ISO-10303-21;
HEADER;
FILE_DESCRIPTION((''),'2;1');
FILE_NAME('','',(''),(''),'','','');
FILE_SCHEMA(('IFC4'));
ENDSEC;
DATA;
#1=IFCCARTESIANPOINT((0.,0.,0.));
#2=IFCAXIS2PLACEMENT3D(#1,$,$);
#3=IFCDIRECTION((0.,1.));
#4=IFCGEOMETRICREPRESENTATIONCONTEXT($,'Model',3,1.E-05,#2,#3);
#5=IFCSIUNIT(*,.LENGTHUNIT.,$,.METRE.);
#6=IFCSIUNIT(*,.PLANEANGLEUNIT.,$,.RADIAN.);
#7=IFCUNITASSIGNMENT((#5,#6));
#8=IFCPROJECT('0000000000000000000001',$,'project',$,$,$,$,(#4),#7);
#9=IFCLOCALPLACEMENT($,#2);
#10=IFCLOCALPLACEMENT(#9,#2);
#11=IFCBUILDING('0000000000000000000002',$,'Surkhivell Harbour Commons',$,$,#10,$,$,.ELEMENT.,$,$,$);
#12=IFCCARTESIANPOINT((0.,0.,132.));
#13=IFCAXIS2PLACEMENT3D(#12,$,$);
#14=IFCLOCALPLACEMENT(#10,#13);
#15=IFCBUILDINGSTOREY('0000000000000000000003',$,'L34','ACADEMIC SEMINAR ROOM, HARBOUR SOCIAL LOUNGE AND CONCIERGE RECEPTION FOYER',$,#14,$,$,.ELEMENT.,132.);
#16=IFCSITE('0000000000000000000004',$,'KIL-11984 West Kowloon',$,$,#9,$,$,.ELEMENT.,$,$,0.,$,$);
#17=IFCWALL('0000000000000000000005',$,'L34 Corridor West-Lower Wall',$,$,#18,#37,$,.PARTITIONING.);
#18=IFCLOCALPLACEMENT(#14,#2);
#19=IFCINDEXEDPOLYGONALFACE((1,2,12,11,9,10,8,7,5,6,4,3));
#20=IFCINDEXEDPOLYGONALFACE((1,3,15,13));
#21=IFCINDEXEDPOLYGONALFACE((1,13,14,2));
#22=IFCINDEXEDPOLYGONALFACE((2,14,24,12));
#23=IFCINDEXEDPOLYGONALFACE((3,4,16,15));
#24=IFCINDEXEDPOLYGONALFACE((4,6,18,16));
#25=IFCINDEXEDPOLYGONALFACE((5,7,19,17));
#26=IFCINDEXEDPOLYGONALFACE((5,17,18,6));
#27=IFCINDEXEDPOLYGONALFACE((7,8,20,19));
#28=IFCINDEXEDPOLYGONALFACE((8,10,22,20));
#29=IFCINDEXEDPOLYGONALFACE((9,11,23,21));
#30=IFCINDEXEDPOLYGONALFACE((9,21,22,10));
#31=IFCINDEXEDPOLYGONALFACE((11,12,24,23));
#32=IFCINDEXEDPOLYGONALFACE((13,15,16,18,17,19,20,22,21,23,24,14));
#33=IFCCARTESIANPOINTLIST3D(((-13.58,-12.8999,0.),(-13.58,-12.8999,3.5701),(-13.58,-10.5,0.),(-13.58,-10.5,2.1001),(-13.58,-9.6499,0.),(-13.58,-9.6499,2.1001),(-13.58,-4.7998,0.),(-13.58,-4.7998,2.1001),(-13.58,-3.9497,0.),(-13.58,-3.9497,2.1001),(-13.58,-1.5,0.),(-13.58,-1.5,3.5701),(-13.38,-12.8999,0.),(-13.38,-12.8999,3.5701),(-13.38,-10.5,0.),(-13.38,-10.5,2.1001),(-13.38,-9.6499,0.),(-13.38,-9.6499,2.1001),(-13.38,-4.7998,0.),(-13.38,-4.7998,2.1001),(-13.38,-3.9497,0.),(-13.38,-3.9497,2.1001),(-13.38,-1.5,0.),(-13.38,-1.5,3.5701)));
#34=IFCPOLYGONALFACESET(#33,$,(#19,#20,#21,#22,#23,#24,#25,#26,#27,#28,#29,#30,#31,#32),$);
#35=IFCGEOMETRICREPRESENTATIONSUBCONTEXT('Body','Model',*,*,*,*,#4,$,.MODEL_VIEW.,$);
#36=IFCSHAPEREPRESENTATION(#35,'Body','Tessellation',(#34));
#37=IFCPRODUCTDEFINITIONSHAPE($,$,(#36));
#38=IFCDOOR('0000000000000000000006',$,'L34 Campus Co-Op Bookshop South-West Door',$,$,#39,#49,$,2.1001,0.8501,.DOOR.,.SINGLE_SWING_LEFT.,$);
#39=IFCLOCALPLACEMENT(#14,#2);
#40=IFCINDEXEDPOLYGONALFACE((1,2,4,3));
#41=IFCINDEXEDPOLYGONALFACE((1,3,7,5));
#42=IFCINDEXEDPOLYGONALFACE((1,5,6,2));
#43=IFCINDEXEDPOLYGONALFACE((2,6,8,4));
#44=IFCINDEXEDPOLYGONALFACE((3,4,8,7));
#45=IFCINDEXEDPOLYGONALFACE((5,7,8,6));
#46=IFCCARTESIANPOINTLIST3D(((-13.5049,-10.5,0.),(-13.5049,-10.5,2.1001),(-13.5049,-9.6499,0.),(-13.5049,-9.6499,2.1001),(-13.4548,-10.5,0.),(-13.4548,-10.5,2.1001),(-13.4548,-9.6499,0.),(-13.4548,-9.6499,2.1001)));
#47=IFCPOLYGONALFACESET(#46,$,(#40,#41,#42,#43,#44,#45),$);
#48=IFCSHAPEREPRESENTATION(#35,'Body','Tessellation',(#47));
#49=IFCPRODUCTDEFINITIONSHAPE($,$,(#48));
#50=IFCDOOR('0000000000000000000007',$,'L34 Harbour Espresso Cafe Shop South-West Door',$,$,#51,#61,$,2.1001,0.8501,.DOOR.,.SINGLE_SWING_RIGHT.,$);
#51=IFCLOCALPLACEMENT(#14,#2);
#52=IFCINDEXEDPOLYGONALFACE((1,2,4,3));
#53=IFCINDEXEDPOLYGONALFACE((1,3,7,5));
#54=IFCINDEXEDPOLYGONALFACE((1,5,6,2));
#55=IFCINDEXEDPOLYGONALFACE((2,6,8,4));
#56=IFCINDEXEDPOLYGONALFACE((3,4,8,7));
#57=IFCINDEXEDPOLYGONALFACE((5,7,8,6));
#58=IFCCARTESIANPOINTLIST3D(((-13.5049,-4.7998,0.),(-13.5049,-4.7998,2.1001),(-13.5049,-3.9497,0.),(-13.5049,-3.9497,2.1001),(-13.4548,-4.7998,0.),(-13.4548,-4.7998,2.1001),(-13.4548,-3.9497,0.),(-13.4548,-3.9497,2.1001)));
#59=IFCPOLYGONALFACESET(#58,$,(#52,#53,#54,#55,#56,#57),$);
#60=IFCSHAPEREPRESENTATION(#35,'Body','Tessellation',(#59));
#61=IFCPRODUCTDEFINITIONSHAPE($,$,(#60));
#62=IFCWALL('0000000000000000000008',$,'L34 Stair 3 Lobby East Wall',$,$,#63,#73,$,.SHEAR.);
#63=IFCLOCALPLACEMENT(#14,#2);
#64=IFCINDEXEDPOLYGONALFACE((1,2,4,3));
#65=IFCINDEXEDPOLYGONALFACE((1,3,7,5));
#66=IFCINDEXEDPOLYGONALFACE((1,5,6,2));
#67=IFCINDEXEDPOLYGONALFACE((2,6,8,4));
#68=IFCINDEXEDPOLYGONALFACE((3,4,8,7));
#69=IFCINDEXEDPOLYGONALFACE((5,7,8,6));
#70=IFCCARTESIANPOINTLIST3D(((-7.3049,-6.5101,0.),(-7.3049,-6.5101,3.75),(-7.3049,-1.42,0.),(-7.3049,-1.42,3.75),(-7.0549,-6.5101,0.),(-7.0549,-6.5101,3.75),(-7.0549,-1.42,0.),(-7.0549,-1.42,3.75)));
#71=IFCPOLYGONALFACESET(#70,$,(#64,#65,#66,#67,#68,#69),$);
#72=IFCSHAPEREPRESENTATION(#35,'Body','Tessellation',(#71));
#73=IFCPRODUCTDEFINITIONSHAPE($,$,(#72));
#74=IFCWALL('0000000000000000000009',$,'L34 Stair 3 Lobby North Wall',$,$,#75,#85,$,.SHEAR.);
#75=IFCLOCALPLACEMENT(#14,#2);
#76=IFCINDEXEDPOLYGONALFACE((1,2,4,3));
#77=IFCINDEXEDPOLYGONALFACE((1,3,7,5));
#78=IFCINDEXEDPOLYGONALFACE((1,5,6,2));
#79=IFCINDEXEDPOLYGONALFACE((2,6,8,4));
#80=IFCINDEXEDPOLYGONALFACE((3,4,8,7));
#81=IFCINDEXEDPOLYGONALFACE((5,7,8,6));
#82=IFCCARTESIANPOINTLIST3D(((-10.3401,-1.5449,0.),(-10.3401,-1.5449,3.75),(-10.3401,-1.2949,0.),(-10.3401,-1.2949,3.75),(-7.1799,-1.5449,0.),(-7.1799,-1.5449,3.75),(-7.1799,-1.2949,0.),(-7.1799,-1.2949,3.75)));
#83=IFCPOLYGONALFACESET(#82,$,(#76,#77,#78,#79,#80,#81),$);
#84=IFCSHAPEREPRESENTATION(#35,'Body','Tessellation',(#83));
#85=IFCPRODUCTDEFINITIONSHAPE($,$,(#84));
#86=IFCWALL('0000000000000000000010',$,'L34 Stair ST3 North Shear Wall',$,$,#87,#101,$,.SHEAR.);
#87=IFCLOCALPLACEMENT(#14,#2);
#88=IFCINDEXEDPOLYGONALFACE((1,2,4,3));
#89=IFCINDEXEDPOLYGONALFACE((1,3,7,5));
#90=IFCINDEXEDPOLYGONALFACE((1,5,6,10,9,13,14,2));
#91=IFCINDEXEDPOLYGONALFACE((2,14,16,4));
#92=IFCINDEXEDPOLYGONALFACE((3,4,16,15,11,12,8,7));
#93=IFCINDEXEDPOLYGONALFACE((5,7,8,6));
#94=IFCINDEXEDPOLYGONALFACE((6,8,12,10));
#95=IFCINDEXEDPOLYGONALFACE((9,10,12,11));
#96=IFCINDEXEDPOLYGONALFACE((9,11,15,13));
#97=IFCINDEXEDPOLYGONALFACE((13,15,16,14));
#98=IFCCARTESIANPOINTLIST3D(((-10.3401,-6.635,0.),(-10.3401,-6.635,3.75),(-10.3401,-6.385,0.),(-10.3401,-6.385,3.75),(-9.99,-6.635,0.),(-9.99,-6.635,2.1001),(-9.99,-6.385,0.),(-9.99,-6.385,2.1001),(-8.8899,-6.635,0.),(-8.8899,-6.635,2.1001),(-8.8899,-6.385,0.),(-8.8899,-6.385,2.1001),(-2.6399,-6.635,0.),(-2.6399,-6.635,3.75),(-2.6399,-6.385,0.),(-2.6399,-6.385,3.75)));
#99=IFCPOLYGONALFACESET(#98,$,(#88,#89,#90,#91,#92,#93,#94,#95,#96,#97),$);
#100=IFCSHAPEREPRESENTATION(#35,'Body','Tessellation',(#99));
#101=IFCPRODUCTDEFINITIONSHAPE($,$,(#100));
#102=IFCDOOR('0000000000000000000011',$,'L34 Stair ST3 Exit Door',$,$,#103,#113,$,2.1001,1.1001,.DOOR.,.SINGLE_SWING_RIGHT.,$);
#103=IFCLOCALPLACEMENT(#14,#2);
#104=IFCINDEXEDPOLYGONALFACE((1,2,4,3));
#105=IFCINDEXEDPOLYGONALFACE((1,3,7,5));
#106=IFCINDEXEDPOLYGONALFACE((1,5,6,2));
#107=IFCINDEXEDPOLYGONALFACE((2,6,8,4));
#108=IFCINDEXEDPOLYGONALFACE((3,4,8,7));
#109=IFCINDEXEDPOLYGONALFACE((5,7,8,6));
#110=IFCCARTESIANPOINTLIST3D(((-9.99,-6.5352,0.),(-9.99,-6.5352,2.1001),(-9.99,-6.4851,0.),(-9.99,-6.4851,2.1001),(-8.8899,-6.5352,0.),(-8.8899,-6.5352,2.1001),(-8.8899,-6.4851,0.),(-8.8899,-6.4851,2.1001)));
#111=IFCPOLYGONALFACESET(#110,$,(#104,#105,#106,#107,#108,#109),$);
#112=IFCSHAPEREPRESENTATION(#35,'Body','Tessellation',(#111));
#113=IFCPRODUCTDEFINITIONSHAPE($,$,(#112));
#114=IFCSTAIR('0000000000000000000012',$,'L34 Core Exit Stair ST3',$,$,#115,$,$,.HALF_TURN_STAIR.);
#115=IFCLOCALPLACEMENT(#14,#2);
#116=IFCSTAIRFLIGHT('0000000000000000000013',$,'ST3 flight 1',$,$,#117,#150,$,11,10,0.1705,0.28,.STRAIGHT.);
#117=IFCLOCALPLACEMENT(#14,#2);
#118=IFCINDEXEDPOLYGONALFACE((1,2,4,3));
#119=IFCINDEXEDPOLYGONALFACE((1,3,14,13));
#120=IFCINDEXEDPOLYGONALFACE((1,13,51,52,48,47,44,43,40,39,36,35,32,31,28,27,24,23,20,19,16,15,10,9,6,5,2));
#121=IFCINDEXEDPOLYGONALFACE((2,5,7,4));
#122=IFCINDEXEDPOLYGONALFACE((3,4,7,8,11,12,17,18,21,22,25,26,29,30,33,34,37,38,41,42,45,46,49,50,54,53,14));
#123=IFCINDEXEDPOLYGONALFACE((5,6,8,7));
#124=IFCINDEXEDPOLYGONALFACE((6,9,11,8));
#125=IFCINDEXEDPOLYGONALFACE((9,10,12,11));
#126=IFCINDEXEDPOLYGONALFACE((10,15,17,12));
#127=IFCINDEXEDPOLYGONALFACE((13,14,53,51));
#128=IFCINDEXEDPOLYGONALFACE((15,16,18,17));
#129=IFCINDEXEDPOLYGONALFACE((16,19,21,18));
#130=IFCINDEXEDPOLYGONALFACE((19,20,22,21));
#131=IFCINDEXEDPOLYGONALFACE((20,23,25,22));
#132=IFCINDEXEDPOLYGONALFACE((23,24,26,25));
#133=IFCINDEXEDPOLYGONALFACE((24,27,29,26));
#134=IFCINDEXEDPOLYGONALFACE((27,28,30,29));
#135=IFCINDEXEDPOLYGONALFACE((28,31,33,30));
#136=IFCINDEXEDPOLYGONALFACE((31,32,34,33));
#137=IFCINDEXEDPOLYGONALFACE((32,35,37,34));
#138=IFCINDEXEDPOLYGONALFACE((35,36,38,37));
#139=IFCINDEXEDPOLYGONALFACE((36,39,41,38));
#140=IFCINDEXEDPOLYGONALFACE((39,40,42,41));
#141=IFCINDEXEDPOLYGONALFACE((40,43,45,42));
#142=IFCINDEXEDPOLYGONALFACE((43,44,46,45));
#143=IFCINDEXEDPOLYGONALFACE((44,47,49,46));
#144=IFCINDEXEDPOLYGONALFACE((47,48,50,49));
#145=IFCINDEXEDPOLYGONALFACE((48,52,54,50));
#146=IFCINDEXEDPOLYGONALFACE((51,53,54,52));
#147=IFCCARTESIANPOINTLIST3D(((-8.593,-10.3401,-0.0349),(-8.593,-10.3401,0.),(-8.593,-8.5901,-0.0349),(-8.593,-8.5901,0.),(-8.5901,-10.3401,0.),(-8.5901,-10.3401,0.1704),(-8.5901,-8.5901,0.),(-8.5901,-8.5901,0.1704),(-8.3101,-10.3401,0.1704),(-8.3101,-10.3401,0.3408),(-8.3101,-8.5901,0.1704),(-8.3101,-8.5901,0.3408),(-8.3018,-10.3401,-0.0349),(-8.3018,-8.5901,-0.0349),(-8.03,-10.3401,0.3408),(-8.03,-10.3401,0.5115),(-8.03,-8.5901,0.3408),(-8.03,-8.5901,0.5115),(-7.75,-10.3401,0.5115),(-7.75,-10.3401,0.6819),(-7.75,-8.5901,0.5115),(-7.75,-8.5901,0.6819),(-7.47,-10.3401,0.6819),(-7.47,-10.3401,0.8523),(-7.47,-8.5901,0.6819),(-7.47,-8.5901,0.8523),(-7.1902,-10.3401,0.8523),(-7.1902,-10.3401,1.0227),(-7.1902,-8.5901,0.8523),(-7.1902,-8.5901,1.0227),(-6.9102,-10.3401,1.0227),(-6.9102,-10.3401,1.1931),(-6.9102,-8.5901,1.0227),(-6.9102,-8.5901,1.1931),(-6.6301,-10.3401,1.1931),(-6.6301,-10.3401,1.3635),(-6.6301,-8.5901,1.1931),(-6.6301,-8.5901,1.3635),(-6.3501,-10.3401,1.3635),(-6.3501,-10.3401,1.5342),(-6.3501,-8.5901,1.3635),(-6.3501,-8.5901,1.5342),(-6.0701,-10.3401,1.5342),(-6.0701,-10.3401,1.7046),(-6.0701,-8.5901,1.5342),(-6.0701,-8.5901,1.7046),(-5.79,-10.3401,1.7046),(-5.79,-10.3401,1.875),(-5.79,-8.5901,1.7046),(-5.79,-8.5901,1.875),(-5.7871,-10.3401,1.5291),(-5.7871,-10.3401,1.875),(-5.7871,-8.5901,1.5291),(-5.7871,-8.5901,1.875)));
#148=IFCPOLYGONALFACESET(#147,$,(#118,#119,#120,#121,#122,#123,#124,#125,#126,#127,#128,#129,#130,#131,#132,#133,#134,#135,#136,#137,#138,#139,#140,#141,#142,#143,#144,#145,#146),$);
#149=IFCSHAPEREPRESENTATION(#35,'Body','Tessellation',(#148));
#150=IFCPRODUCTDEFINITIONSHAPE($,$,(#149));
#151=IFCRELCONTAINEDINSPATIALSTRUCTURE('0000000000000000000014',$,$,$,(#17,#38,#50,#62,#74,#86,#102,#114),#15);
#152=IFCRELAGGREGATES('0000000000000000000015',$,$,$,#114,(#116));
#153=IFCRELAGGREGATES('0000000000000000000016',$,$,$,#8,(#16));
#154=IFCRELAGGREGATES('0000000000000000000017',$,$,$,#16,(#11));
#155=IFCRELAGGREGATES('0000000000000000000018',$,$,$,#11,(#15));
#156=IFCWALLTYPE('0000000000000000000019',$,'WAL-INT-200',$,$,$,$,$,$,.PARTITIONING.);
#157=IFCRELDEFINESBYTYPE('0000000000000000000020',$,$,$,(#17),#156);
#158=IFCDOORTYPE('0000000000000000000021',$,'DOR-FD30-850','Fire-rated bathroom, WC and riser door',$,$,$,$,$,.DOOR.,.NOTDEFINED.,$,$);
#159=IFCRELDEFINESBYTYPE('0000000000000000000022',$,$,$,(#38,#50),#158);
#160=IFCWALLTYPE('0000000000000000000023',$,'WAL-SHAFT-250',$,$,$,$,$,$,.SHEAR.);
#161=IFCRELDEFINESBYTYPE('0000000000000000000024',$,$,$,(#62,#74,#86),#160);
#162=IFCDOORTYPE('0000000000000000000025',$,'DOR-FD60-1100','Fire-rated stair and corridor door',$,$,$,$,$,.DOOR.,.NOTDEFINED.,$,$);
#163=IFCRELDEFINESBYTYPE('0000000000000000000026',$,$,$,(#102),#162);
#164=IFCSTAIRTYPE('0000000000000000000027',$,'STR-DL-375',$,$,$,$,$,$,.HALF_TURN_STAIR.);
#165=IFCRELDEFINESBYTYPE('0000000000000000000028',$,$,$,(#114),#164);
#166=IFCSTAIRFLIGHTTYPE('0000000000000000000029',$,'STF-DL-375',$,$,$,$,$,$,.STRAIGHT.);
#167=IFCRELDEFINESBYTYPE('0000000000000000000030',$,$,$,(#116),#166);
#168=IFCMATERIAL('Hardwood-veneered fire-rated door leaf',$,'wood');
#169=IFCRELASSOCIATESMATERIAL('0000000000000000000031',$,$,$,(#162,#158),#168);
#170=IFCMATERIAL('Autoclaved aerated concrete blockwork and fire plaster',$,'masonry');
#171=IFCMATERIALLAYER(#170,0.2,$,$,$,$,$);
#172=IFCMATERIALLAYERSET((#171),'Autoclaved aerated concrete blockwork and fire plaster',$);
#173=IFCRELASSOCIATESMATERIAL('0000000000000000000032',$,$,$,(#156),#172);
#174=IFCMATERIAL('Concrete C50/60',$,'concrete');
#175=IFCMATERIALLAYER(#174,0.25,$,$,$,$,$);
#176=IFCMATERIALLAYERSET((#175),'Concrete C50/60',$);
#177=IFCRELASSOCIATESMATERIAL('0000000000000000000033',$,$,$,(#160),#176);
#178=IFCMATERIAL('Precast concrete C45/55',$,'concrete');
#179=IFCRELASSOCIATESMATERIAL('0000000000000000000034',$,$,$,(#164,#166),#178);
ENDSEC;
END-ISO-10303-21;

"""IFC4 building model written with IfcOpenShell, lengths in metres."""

from ifc_helpers import new_model, si_unit, direction, frame, frame_2d, origin, place, context, subcontext, project, spatial, polyline, rectangle, outline, extrude, material, layer, layer_set, type_object, element, fill, aggregate, save


model = new_model("IFC4")

# Units and contexts
model_context = context("Model", 3, precision=1e-05, world=origin(), true_north=direction((0.0, 1.0)))
body_context = subcontext(model_context, "Body", "Model", "MODEL_VIEW")
ifc_project = project(units=[si_unit("LENGTHUNIT", "METRE"), si_unit("PLANEANGLEUNIT", "RADIAN")], contexts=[model_context])

# Site, building, storey
site_placement = place(None, origin())
site = spatial("IfcSite", under=ifc_project, at=site_placement, Name="KIL-11984 West Kowloon", CompositionType="ELEMENT", RefElevation=0.0)
building_placement = place(site_placement, origin())
building = spatial("IfcBuilding", under=site, at=building_placement, Name="Surkhivell Harbour Commons", CompositionType="ELEMENT")
storey_placement = place(building_placement, frame((0.0, 0.0, 132.0)))
storey = spatial("IfcBuildingStorey", under=building, at=storey_placement, Name="L34", Description="ACADEMIC SEMINAR ROOM, HARBOUR SOCIAL LOUNGE AND CONCIERGE RECEPTION FOYER", CompositionType="ELEMENT", Elevation=132.0)

# Shared definitions
ifc_material_1 = material(Name="Hardwood-veneered fire-rated door leaf", Category="wood")
door_type_1 = type_object("IfcDoorType", Name="DOR-FD60-1100", Description="Fire-rated stair and corridor door", OperationType="NOTDEFINED", PredefinedType="DOOR", material=ifc_material_1)

# Shared definitions
ifc_material_2 = material(Name="Autoclaved aerated concrete blockwork and fire plaster", Category="masonry")
ifc_layer_1 = layer(ifc_material_2, 0.2)
ifc_layer_set_1 = layer_set([ifc_layer_1], Name="Autoclaved aerated concrete blockwork and fire plaster")
wall_type_1 = type_object("IfcWallType", Name="WAL-INT-200", PredefinedType="PARTITIONING", material=ifc_layer_set_1)

# Wall, openings, doors
wall_1_placement = place(storey_placement, frame((-13.48, -12.8999, 0.0), z_axis=(0.0, 0.0, 1.0), x_axis=(0.0, 1.0, 0.0)))
wall_1 = element("IfcWall", 1, at=wall_1_placement, inside=storey, type_object=wall_type_1, Name="L34 Corridor West-Lower Wall", PredefinedType="PARTITIONING", context=body_context, shape_type="SweptSolid", body=[
    extrude(rectangle(XDim=11.3999, YDim=0.2, at=frame_2d((5.7, 0.0))), origin(), (0.0, 0.0, 1.0), 3.5701),
])
opening_1_placement = place(wall_1_placement, frame((2.3999, 0.0, 0.0)))
opening_1 = element("IfcOpeningElement", 2, at=opening_1_placement, cuts=wall_1, PredefinedType="OPENING", context=body_context, shape_type="SweptSolid", body=[
    extrude(rectangle(XDim=0.8501, YDim=2.1001, at=frame_2d((0.425, 1.05))), frame((0.0, 0.1099, 0.0), z_axis=(0.0, -1.0, 0.0), x_axis=(1.0, 0.0, 0.0)), (0.0, 0.0, 1.0), 0.22),
])
opening_2_placement = place(wall_1_placement, frame((8.1001, 0.0, 0.0)))
opening_2 = element("IfcOpeningElement", 3, at=opening_2_placement, cuts=wall_1, PredefinedType="OPENING", context=body_context, shape_type="SweptSolid", body=[
    extrude(rectangle(XDim=0.8501, YDim=2.1001, at=frame_2d((0.425, 1.05))), frame((0.0, 0.1099, 0.0), z_axis=(0.0, -1.0, 0.0), x_axis=(1.0, 0.0, 0.0)), (0.0, 0.0, 1.0), 0.22),
])
door_type_2 = type_object("IfcDoorType", Name="DOR-FD30-850", Description="Fire-rated bathroom, WC and riser door", OperationType="NOTDEFINED", PredefinedType="DOOR", material=ifc_material_1)
door_1_placement = place(opening_1_placement, origin())
door_1 = element("IfcDoor", 4, at=door_1_placement, inside=storey, type_object=door_type_2, Name="L34 Campus Co-Op Bookshop South-West Door", OperationType="SINGLE_SWING_LEFT", OverallHeight=2.1001, OverallWidth=0.8501, PredefinedType="DOOR", context=body_context, shape_type="SweptSolid", body=[
    extrude(rectangle(XDim=0.8501, YDim=2.1001, at=frame_2d((0.425, 1.05))), frame((0.0, 0.0249, 0.0), z_axis=(0.0, -1.0, 0.0), x_axis=(1.0, 0.0, 0.0)), (0.0, 0.0, 1.0), 0.05),
])
fill(opening_1, door_1)
door_2_placement = place(opening_2_placement, origin())
door_2 = element("IfcDoor", 5, at=door_2_placement, inside=storey, type_object=door_type_2, Name="L34 Harbour Espresso Cafe Shop South-West Door", OperationType="SINGLE_SWING_RIGHT", OverallHeight=2.1001, OverallWidth=0.8501, PredefinedType="DOOR", context=body_context, shape_type="SweptSolid", body=[
    extrude(rectangle(XDim=0.8501, YDim=2.1001, at=frame_2d((0.425, 1.05))), frame((0.0, 0.0249, 0.0), z_axis=(0.0, -1.0, 0.0), x_axis=(1.0, 0.0, 0.0)), (0.0, 0.0, 1.0), 0.05),
])
fill(opening_2, door_2)

# Walls
ifc_material_3 = material(Name="Concrete C50/60", Category="concrete")
ifc_layer_2 = layer(ifc_material_3, 0.25)
ifc_layer_set_2 = layer_set([ifc_layer_2], Name="Concrete C50/60")
wall_type_2 = type_object("IfcWallType", Name="WAL-SHAFT-250", PredefinedType="SHEAR", material=ifc_layer_set_2)
wall_2_placement = place(storey_placement, frame((-7.1799, -6.51, 0.0), z_axis=(0.0, 0.0, 1.0), x_axis=(0.0, 1.0, 0.0)))
element("IfcWall", 6, at=wall_2_placement, inside=storey, type_object=wall_type_2, Name="L34 Stair 3 Lobby East Wall", PredefinedType="SHEAR", context=body_context, shape_type="SweptSolid", body=[
    extrude(rectangle(XDim=5.0901, YDim=0.25, at=frame_2d((2.5449, 0.0))), origin(), (0.0, 0.0, 1.0), 3.75),
])
wall_3_placement = place(storey_placement, frame((-10.3401, -1.4199, 0.0), z_axis=(0.0, 0.0, 1.0), x_axis=(1.0, 0.0, 0.0)))
element("IfcWall", 7, at=wall_3_placement, inside=storey, type_object=wall_type_2, Name="L34 Stair 3 Lobby North Wall", PredefinedType="SHEAR", context=body_context, shape_type="SweptSolid", body=[
    extrude(rectangle(XDim=3.1602, YDim=0.25, at=frame_2d((1.5801, 0.0))), origin(), (0.0, 0.0, 1.0), 3.75),
])

# Wall, opening, door
wall_4_placement = place(storey_placement, frame((-10.3401, -6.51, 0.0), z_axis=(0.0, 0.0, 1.0), x_axis=(1.0, 0.0, 0.0)))
wall_4 = element("IfcWall", 8, at=wall_4_placement, inside=storey, type_object=wall_type_2, Name="L34 Stair ST3 North Shear Wall", PredefinedType="SHEAR", context=body_context, shape_type="SweptSolid", body=[
    extrude(rectangle(XDim=7.7002, YDim=0.25, at=frame_2d((3.8501, 0.0))), origin(), (0.0, 0.0, 1.0), 3.75),
])
opening_3_placement = place(wall_4_placement, frame((0.3501, 0.0, 0.0)))
opening_3 = element("IfcOpeningElement", 9, at=opening_3_placement, cuts=wall_4, PredefinedType="OPENING", context=body_context, shape_type="SweptSolid", body=[
    extrude(rectangle(XDim=1.1001, YDim=2.1001, at=frame_2d((0.55, 1.05))), frame((0.0, 0.135, 0.0), z_axis=(0.0, -1.0, 0.0), x_axis=(1.0, 0.0, 0.0)), (0.0, 0.0, 1.0), 0.27),
])
door_3_placement = place(opening_3_placement, origin())
door_3 = element("IfcDoor", 10, at=door_3_placement, inside=storey, type_object=door_type_1, Name="L34 Stair ST3 Exit Door", OperationType="SINGLE_SWING_RIGHT", OverallHeight=2.1001, OverallWidth=1.1001, PredefinedType="DOOR", context=body_context, shape_type="SweptSolid", body=[
    extrude(rectangle(XDim=1.1001, YDim=2.1001, at=frame_2d((0.55, 1.05))), frame((0.0, 0.0249, 0.0), z_axis=(0.0, -1.0, 0.0), x_axis=(1.0, 0.0, 0.0)), (0.0, 0.0, 1.0), 0.05),
])
fill(opening_3, door_3)

# Stair, stair flight
ifc_material_4 = material(Name="Precast concrete C45/55", Category="concrete")
stair_type = type_object("IfcStairType", Name="STR-DL-375", PredefinedType="HALF_TURN_STAIR", material=ifc_material_4)
stair_placement = place(storey_placement, origin())
stair = element("IfcStair", 11, at=stair_placement, inside=storey, type_object=stair_type, Name="L34 Core Exit Stair ST3", PredefinedType="HALF_TURN_STAIR")
stair_flight_type = type_object("IfcStairFlightType", Name="STF-DL-375", PredefinedType="STRAIGHT", material=ifc_material_4)
stair_flight_1_placement = place(storey_placement, frame((-8.5901, -9.4651, 0.0), z_axis=(0.0, 0.0, 1.0), x_axis=(1.0, 0.0, 0.0)))
stair_flight_1 = element("IfcStairFlight", 12, at=stair_flight_1_placement, type_object=stair_flight_type, Name="ST3 flight 1", NumberOfRisers=11, NumberOfTreads=10, PredefinedType="STRAIGHT", RiserHeight=0.1705, TreadLength=0.28, context=body_context, shape_type="SweptSolid", body=[
    extrude(outline(polyline([(-0.0029, -0.0349), (-0.0029, 0.0), (0.0, 0.0), (0.0, 0.1704), (0.28, 0.1704), (0.28, 0.3408), (0.5601, 0.3408), (0.5601, 0.5115), (0.8401, 0.5115), (0.8401, 0.6819), (1.1201, 0.6819), (1.1201, 0.8523), (1.3999, 0.8523), (1.3999, 1.0227), (1.6799, 1.0227), (1.6799, 1.1931), (1.96, 1.1931), (1.96, 1.3635), (2.24, 1.3635), (2.24, 1.5342), (2.52, 1.5342), (2.52, 1.7046), (2.8, 1.7046), (2.8, 1.875), (2.803, 1.875), (2.803, 1.5291), (0.2883, -0.0349), (-0.0029, -0.0349)])), frame((0.0, 0.875, 0.0), z_axis=(0.0, -1.0, 0.0), x_axis=(1.0, 0.0, 0.0)), (0.0, 0.0, 1.0), 1.75),
])
aggregate(stair, [stair_flight_1])

save(model, "model.ifc")
